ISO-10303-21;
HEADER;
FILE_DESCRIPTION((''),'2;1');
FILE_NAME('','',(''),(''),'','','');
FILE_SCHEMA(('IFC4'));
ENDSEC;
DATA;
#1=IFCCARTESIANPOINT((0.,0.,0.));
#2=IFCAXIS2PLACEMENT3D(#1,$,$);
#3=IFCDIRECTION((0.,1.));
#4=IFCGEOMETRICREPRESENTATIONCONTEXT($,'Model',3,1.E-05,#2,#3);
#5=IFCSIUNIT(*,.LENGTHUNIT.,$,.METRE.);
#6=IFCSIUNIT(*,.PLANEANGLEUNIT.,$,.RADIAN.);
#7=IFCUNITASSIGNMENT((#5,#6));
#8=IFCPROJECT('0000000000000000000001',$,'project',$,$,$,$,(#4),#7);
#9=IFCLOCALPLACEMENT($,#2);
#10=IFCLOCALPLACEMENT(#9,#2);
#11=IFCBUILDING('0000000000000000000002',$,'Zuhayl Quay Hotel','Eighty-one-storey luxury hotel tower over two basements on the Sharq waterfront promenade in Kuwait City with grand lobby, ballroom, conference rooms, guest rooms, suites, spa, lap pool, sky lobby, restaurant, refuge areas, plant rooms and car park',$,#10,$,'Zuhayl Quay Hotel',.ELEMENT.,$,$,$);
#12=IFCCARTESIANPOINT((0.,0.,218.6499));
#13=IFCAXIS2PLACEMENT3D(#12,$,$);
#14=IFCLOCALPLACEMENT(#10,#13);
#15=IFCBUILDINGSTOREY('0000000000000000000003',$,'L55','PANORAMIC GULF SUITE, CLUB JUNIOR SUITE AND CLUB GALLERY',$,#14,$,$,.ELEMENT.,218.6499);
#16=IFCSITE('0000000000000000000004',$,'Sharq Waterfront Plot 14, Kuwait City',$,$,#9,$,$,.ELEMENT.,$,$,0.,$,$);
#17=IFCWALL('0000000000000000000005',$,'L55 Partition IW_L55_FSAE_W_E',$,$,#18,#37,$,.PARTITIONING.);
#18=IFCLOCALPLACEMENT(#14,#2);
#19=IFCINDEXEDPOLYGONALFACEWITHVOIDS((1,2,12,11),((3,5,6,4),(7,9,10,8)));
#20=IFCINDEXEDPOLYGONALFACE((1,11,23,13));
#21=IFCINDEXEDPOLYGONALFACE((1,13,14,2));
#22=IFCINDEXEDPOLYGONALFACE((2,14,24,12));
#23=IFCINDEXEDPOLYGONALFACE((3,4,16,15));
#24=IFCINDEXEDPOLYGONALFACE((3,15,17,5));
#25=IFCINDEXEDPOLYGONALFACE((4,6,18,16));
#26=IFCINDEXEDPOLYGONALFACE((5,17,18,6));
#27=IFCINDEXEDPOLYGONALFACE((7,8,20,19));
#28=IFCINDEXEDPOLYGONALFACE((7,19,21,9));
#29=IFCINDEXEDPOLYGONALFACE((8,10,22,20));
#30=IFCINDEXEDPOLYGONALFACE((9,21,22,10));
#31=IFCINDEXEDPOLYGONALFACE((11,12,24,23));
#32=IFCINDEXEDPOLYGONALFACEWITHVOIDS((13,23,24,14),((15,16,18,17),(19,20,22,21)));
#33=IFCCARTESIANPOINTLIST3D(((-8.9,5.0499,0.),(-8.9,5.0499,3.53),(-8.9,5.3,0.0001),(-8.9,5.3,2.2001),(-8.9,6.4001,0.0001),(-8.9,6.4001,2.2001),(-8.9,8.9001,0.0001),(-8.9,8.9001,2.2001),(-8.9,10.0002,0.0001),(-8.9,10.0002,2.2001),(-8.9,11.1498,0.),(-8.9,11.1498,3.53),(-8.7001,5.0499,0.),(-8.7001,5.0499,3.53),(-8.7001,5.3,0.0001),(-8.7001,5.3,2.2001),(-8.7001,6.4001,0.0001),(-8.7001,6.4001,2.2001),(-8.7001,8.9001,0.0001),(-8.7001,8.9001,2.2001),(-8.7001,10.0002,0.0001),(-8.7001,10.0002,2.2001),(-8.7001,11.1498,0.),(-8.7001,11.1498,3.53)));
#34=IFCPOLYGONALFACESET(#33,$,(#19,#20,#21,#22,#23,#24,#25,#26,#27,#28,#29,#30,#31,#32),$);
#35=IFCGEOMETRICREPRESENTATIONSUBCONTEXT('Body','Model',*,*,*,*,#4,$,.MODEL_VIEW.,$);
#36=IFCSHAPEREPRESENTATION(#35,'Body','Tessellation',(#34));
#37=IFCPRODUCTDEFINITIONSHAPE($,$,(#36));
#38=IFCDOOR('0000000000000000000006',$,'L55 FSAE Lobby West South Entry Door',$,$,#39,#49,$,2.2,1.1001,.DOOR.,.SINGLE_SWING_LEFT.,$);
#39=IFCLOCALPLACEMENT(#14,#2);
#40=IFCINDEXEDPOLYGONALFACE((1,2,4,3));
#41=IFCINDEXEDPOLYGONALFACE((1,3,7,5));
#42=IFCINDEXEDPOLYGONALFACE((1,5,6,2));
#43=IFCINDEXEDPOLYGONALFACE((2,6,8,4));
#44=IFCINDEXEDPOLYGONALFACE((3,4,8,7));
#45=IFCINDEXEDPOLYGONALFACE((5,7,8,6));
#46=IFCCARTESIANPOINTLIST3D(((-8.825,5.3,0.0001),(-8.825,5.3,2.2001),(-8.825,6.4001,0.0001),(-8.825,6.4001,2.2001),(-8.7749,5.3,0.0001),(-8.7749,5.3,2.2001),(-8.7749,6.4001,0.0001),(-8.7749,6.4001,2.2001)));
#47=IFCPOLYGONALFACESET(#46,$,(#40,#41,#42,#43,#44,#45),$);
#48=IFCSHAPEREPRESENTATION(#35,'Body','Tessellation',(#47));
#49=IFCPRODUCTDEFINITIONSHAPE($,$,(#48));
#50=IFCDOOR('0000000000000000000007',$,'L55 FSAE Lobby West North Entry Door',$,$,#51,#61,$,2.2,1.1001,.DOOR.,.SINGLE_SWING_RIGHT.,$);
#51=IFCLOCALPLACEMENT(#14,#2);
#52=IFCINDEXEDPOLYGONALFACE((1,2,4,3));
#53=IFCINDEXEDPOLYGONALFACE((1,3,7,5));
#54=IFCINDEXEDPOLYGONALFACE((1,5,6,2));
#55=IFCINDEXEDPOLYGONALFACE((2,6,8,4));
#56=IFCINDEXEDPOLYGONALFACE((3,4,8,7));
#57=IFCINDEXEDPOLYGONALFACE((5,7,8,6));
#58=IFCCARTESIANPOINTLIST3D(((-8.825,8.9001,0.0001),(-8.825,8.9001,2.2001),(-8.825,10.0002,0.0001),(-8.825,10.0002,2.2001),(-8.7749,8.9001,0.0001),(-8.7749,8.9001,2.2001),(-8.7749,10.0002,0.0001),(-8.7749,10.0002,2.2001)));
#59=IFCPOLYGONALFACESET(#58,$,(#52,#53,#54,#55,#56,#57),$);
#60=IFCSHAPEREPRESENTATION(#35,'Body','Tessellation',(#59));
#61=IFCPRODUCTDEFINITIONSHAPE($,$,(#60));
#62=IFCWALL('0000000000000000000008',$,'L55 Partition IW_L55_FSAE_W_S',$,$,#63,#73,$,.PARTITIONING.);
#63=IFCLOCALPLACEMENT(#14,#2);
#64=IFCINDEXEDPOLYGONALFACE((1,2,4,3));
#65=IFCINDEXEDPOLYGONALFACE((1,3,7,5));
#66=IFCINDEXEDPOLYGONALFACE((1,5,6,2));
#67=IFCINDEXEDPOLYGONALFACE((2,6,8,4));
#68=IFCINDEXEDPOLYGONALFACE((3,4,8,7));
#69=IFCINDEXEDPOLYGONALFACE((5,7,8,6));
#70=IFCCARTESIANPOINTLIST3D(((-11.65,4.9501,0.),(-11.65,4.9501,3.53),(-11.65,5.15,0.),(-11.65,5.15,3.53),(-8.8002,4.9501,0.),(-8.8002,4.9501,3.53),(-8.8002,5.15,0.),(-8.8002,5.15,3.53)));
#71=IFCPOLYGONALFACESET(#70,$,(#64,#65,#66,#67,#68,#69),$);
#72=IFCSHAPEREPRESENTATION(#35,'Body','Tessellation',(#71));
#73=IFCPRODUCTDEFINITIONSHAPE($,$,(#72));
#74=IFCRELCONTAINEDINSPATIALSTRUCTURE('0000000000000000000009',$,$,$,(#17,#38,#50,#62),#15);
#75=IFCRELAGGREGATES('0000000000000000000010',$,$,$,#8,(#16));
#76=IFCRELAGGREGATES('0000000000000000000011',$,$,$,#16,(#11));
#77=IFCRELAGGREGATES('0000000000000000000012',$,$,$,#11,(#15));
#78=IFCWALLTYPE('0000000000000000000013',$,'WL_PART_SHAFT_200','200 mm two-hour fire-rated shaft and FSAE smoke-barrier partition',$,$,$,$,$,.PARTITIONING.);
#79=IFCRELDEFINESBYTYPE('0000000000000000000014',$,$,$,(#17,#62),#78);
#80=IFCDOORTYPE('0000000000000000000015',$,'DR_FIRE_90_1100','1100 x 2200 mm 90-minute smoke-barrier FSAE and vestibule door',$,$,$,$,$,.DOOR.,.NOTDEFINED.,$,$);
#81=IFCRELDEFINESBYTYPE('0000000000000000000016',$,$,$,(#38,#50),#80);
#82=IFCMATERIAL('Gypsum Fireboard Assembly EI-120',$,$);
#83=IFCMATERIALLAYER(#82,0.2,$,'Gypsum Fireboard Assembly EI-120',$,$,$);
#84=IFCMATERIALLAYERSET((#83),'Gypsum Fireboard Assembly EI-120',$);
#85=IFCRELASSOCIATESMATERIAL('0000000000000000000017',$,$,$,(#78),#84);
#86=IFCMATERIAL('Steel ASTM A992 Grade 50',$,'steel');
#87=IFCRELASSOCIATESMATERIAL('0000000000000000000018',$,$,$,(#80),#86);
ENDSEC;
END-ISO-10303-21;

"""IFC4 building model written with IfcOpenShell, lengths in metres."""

from ifc_helpers import new_model, si_unit, direction, frame, frame_2d, origin, place, context, subcontext, project, spatial, rectangle, extrude, material, layer, layer_set, type_object, element, fill, save


model = new_model("IFC4")

# Units and contexts
model_context = context("Model", 3, precision=1e-05, world=origin(), true_north=direction((0.0, 1.0)))
body_context = subcontext(model_context, "Body", "Model", "MODEL_VIEW")
ifc_project = project(units=[si_unit("LENGTHUNIT", "METRE"), si_unit("PLANEANGLEUNIT", "RADIAN")], contexts=[model_context])

# Site, building, storey
site_placement = place(None, origin())
site = spatial("IfcSite", under=ifc_project, at=site_placement, Name="Sharq Waterfront Plot 14, Kuwait City", CompositionType="ELEMENT", RefElevation=0.0)
building_placement = place(site_placement, origin())
building = spatial("IfcBuilding", under=site, at=building_placement, Name="Zuhayl Quay Hotel", Description="Eighty-one-storey luxury hotel tower over two basements on the Sharq waterfront promenade in Kuwait City with grand lobby, ballroom, conference rooms, guest rooms, suites, spa, lap pool, sky lobby, restaurant, refuge areas, plant rooms and car park", LongName="Zuhayl Quay Hotel", CompositionType="ELEMENT")
storey_placement = place(building_placement, frame((0.0, 0.0, 218.6499)))
storey = spatial("IfcBuildingStorey", under=building, at=storey_placement, Name="L55", Description="PANORAMIC GULF SUITE, CLUB JUNIOR SUITE AND CLUB GALLERY", CompositionType="ELEMENT", Elevation=218.6499)

# Shared definitions
ifc_material_1 = material(Name="Steel ASTM A992 Grade 50", Category="steel")

# Wall, openings, doors
ifc_material_2 = material(Name="Gypsum Fireboard Assembly EI-120")
ifc_layer_1 = layer(ifc_material_2, 0.2, Name="Gypsum Fireboard Assembly EI-120")
ifc_layer_set_1 = layer_set([ifc_layer_1], Name="Gypsum Fireboard Assembly EI-120")
wall_type_1 = type_object("IfcWallType", Name="WL_PART_SHAFT_200", Description="200 mm two-hour fire-rated shaft and FSAE smoke-barrier partition", PredefinedType="PARTITIONING", material=ifc_layer_set_1)
wall_1_placement = place(storey_placement, frame((-8.8, 5.05, 0.0), z_axis=(0.0, 0.0, 1.0), x_axis=(0.0, 1.0, 0.0)))
wall_1 = element("IfcWall", 1, at=wall_1_placement, inside=storey, type_object=wall_type_1, Name="L55 Partition IW_L55_FSAE_W_E", PredefinedType="PARTITIONING", context=body_context, shape_type="SweptSolid", body=[
    extrude(rectangle(XDim=6.0999, YDim=0.2, at=frame_2d((3.0498, 0.0))), origin(), (0.0, 0.0, 1.0), 3.53),
])
opening_1_placement = place(wall_1_placement, frame((0.25, 0.0, 0.0)))
opening_1 = element("IfcOpeningElement", 2, at=opening_1_placement, cuts=wall_1, PredefinedType="OPENING", context=body_context, shape_type="SweptSolid", body=[
    extrude(rectangle(XDim=1.1001, YDim=2.2, at=frame_2d((0.55, 1.1001))), frame((0.0, 0.1099, 0.0), z_axis=(0.0, -1.0, 0.0), x_axis=(1.0, 0.0, 0.0)), (0.0, 0.0, 1.0), 0.22),
])
opening_2_placement = place(wall_1_placement, frame((3.8501, 0.0, 0.0)))
opening_2 = element("IfcOpeningElement", 3, at=opening_2_placement, cuts=wall_1, PredefinedType="OPENING", context=body_context, shape_type="SweptSolid", body=[
    extrude(rectangle(XDim=1.1001, YDim=2.2, at=frame_2d((0.55, 1.1001))), frame((0.0, 0.1099, 0.0), z_axis=(0.0, -1.0, 0.0), x_axis=(1.0, 0.0, 0.0)), (0.0, 0.0, 1.0), 0.22),
])
door_type_1 = type_object("IfcDoorType", Name="DR_FIRE_90_1100", Description="1100 x 2200 mm 90-minute smoke-barrier FSAE and vestibule door", OperationType="NOTDEFINED", PredefinedType="DOOR", material=ifc_material_1)
door_1_placement = place(opening_1_placement, origin())
door_1 = element("IfcDoor", 4, at=door_1_placement, inside=storey, type_object=door_type_1, Name="L55 FSAE Lobby West South Entry Door", OperationType="SINGLE_SWING_LEFT", OverallHeight=2.2, OverallWidth=1.1001, PredefinedType="DOOR", context=body_context, shape_type="SweptSolid", body=[
    extrude(rectangle(XDim=1.1001, YDim=2.2, at=frame_2d((0.55, 1.1001))), frame((0.0, 0.0249, 0.0), z_axis=(0.0, -1.0, 0.0), x_axis=(1.0, 0.0, 0.0)), (0.0, 0.0, 1.0), 0.05),
])
fill(opening_1, door_1)
door_2_placement = place(opening_2_placement, origin())
door_2 = element("IfcDoor", 5, at=door_2_placement, inside=storey, type_object=door_type_1, Name="L55 FSAE Lobby West North Entry Door", OperationType="SINGLE_SWING_RIGHT", OverallHeight=2.2, OverallWidth=1.1001, PredefinedType="DOOR", context=body_context, shape_type="SweptSolid", body=[
    extrude(rectangle(XDim=1.1001, YDim=2.2, at=frame_2d((0.55, 1.1001))), frame((0.0, 0.0249, 0.0), z_axis=(0.0, -1.0, 0.0), x_axis=(1.0, 0.0, 0.0)), (0.0, 0.0, 1.0), 0.05),
])
fill(opening_2, door_2)

# Wall
wall_2_placement = place(storey_placement, frame((-11.6499, 5.05, 0.0), z_axis=(0.0, 0.0, 1.0), x_axis=(1.0, 0.0, 0.0)))
element("IfcWall", 6, at=wall_2_placement, inside=storey, type_object=wall_type_1, Name="L55 Partition IW_L55_FSAE_W_S", PredefinedType="PARTITIONING", context=body_context, shape_type="SweptSolid", body=[
    extrude(rectangle(XDim=2.8499, YDim=0.2, at=frame_2d((1.4248, 0.0))), origin(), (0.0, 0.0, 1.0), 3.53),
])

save(model, "model.ifc")
